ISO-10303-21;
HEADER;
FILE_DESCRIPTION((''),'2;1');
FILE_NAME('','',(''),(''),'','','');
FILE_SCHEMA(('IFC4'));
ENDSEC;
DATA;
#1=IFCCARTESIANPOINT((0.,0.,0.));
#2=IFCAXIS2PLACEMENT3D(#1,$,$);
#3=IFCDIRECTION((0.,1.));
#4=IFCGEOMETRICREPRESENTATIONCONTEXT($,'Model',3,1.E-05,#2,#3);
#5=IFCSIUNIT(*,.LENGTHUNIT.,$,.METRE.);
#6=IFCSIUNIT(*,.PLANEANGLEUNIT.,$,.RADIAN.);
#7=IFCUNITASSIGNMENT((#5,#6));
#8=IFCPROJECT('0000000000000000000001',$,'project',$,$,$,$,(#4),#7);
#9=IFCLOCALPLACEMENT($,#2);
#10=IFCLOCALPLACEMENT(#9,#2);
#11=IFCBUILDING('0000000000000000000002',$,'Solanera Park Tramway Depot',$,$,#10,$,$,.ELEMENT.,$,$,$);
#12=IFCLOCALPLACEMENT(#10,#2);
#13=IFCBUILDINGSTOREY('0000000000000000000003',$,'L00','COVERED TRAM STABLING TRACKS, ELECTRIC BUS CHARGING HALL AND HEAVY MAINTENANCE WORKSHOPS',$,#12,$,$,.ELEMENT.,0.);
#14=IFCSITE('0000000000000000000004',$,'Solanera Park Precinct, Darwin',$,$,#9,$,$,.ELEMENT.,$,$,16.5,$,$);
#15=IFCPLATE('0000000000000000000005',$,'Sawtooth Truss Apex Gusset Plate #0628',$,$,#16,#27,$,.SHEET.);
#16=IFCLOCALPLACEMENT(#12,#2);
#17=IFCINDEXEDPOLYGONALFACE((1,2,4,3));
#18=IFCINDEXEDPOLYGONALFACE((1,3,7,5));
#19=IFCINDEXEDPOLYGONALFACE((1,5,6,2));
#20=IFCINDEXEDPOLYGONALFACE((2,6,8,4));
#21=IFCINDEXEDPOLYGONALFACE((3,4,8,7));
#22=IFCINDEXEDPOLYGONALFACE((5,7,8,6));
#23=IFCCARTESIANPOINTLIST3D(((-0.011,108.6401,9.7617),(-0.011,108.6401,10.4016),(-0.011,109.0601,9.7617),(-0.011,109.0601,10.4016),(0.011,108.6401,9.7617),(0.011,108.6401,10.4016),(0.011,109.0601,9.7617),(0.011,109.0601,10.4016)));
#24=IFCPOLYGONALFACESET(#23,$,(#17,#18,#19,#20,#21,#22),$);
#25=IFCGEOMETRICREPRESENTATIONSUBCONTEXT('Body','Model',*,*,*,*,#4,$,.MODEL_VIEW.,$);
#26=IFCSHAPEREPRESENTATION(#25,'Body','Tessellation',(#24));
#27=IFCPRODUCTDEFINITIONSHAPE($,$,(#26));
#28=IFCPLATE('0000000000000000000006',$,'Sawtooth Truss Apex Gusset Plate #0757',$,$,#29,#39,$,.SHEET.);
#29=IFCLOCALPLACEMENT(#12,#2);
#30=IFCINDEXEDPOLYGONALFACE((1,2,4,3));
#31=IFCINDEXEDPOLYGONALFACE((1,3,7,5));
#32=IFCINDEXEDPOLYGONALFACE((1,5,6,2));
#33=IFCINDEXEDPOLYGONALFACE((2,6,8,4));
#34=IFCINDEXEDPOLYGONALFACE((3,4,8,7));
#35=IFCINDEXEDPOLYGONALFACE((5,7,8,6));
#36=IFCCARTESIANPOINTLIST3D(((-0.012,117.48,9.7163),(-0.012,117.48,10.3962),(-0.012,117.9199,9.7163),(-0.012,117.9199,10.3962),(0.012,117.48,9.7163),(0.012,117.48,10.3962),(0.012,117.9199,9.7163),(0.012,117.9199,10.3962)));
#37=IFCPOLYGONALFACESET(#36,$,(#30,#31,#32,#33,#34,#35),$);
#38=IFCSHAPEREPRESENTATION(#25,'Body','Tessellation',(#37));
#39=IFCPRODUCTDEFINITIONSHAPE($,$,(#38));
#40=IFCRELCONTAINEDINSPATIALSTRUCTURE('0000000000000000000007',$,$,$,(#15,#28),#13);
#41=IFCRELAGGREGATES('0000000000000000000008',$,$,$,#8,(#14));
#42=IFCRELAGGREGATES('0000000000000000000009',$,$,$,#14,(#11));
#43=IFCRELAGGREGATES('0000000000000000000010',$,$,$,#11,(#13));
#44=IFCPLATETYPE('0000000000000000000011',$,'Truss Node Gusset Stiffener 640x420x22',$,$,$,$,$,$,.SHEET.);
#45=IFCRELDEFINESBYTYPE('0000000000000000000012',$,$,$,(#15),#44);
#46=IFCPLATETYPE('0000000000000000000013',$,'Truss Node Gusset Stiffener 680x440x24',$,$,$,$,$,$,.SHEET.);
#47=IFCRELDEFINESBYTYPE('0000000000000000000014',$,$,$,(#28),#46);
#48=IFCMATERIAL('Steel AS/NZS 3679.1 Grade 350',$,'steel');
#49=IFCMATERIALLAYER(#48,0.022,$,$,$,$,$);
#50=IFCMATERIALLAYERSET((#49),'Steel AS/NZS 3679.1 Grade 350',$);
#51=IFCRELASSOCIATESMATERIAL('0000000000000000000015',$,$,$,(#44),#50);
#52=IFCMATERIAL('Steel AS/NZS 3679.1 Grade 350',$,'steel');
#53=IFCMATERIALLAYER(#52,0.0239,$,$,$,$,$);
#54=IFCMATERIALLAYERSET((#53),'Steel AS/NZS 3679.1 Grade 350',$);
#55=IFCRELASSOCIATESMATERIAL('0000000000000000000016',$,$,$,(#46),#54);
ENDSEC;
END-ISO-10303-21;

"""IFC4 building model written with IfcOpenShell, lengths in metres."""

from ifc_helpers import new_model, si_unit, direction, frame, origin, origin_2d, place, context, subcontext, project, spatial, rectangle, extrude, material, layer, layer_set, type_object, element, save


model = new_model("IFC4")

# Units and contexts
model_context = context("Model", 3, precision=1e-05, world=origin(), true_north=direction((0.0, 1.0)))
body_context = subcontext(model_context, "Body", "Model", "MODEL_VIEW")
ifc_project = project(units=[si_unit("LENGTHUNIT", "METRE"), si_unit("PLANEANGLEUNIT", "RADIAN")], contexts=[model_context])

# Site, building, storey
site_placement = place(None, origin())
site = spatial("IfcSite", under=ifc_project, at=site_placement, Name="Solanera Park Precinct, Darwin", CompositionType="ELEMENT", RefElevation=16.5)
building_placement = place(site_placement, origin())
building = spatial("IfcBuilding", under=site, at=building_placement, Name="Solanera Park Tramway Depot", CompositionType="ELEMENT")
storey_placement = place(building_placement, origin())
storey = spatial("IfcBuildingStorey", under=building, at=storey_placement, Name="L00", Description="COVERED TRAM STABLING TRACKS, ELECTRIC BUS CHARGING HALL AND HEAVY MAINTENANCE WORKSHOPS", CompositionType="ELEMENT", Elevation=0.0)

# Plates
ifc_material_1 = material(Name="Steel AS/NZS 3679.1 Grade 350", Category="steel")
ifc_layer_1 = layer(ifc_material_1, 0.022)
ifc_layer_set_1 = layer_set([ifc_layer_1], Name="Steel AS/NZS 3679.1 Grade 350")
plate_type_1 = type_object("IfcPlateType", Name="Truss Node Gusset Stiffener 640x420x22", PredefinedType="SHEET", material=ifc_layer_set_1)
plate_1_placement = place(storey_placement, frame((0.0, 108.8501, 9.7617), z_axis=(0.0, 0.0, 1.0), x_axis=(1.0, 0.0, 0.0)))
element("IfcPlate", 1, at=plate_1_placement, inside=storey, type_object=plate_type_1, Name="Sawtooth Truss Apex Gusset Plate #0628", PredefinedType="SHEET", context=body_context, shape_type="SweptSolid", body=[
    extrude(rectangle(XDim=0.022, YDim=0.4199, at=origin_2d()), origin(), (0.0, 0.0, 1.0), 0.6399),
])
ifc_material_2 = material(Name="Steel AS/NZS 3679.1 Grade 350", Category="steel")
ifc_layer_2 = layer(ifc_material_2, 0.0239)
ifc_layer_set_2 = layer_set([ifc_layer_2], Name="Steel AS/NZS 3679.1 Grade 350")
plate_type_2 = type_object("IfcPlateType", Name="Truss Node Gusset Stiffener 680x440x24", PredefinedType="SHEET", material=ifc_layer_set_2)
plate_2_placement = place(storey_placement, frame((0.0, 117.7, 9.7163), z_axis=(0.0, 0.0, 1.0), x_axis=(1.0, 0.0, 0.0)))
element("IfcPlate", 2, at=plate_2_placement, inside=storey, type_object=plate_type_2, Name="Sawtooth Truss Apex Gusset Plate #0757", PredefinedType="SHEET", context=body_context, shape_type="SweptSolid", body=[
    extrude(rectangle(XDim=0.0239, YDim=0.4399, at=origin_2d()), origin(), (0.0, 0.0, 1.0), 0.6799),
])

save(model, "model.ifc")
